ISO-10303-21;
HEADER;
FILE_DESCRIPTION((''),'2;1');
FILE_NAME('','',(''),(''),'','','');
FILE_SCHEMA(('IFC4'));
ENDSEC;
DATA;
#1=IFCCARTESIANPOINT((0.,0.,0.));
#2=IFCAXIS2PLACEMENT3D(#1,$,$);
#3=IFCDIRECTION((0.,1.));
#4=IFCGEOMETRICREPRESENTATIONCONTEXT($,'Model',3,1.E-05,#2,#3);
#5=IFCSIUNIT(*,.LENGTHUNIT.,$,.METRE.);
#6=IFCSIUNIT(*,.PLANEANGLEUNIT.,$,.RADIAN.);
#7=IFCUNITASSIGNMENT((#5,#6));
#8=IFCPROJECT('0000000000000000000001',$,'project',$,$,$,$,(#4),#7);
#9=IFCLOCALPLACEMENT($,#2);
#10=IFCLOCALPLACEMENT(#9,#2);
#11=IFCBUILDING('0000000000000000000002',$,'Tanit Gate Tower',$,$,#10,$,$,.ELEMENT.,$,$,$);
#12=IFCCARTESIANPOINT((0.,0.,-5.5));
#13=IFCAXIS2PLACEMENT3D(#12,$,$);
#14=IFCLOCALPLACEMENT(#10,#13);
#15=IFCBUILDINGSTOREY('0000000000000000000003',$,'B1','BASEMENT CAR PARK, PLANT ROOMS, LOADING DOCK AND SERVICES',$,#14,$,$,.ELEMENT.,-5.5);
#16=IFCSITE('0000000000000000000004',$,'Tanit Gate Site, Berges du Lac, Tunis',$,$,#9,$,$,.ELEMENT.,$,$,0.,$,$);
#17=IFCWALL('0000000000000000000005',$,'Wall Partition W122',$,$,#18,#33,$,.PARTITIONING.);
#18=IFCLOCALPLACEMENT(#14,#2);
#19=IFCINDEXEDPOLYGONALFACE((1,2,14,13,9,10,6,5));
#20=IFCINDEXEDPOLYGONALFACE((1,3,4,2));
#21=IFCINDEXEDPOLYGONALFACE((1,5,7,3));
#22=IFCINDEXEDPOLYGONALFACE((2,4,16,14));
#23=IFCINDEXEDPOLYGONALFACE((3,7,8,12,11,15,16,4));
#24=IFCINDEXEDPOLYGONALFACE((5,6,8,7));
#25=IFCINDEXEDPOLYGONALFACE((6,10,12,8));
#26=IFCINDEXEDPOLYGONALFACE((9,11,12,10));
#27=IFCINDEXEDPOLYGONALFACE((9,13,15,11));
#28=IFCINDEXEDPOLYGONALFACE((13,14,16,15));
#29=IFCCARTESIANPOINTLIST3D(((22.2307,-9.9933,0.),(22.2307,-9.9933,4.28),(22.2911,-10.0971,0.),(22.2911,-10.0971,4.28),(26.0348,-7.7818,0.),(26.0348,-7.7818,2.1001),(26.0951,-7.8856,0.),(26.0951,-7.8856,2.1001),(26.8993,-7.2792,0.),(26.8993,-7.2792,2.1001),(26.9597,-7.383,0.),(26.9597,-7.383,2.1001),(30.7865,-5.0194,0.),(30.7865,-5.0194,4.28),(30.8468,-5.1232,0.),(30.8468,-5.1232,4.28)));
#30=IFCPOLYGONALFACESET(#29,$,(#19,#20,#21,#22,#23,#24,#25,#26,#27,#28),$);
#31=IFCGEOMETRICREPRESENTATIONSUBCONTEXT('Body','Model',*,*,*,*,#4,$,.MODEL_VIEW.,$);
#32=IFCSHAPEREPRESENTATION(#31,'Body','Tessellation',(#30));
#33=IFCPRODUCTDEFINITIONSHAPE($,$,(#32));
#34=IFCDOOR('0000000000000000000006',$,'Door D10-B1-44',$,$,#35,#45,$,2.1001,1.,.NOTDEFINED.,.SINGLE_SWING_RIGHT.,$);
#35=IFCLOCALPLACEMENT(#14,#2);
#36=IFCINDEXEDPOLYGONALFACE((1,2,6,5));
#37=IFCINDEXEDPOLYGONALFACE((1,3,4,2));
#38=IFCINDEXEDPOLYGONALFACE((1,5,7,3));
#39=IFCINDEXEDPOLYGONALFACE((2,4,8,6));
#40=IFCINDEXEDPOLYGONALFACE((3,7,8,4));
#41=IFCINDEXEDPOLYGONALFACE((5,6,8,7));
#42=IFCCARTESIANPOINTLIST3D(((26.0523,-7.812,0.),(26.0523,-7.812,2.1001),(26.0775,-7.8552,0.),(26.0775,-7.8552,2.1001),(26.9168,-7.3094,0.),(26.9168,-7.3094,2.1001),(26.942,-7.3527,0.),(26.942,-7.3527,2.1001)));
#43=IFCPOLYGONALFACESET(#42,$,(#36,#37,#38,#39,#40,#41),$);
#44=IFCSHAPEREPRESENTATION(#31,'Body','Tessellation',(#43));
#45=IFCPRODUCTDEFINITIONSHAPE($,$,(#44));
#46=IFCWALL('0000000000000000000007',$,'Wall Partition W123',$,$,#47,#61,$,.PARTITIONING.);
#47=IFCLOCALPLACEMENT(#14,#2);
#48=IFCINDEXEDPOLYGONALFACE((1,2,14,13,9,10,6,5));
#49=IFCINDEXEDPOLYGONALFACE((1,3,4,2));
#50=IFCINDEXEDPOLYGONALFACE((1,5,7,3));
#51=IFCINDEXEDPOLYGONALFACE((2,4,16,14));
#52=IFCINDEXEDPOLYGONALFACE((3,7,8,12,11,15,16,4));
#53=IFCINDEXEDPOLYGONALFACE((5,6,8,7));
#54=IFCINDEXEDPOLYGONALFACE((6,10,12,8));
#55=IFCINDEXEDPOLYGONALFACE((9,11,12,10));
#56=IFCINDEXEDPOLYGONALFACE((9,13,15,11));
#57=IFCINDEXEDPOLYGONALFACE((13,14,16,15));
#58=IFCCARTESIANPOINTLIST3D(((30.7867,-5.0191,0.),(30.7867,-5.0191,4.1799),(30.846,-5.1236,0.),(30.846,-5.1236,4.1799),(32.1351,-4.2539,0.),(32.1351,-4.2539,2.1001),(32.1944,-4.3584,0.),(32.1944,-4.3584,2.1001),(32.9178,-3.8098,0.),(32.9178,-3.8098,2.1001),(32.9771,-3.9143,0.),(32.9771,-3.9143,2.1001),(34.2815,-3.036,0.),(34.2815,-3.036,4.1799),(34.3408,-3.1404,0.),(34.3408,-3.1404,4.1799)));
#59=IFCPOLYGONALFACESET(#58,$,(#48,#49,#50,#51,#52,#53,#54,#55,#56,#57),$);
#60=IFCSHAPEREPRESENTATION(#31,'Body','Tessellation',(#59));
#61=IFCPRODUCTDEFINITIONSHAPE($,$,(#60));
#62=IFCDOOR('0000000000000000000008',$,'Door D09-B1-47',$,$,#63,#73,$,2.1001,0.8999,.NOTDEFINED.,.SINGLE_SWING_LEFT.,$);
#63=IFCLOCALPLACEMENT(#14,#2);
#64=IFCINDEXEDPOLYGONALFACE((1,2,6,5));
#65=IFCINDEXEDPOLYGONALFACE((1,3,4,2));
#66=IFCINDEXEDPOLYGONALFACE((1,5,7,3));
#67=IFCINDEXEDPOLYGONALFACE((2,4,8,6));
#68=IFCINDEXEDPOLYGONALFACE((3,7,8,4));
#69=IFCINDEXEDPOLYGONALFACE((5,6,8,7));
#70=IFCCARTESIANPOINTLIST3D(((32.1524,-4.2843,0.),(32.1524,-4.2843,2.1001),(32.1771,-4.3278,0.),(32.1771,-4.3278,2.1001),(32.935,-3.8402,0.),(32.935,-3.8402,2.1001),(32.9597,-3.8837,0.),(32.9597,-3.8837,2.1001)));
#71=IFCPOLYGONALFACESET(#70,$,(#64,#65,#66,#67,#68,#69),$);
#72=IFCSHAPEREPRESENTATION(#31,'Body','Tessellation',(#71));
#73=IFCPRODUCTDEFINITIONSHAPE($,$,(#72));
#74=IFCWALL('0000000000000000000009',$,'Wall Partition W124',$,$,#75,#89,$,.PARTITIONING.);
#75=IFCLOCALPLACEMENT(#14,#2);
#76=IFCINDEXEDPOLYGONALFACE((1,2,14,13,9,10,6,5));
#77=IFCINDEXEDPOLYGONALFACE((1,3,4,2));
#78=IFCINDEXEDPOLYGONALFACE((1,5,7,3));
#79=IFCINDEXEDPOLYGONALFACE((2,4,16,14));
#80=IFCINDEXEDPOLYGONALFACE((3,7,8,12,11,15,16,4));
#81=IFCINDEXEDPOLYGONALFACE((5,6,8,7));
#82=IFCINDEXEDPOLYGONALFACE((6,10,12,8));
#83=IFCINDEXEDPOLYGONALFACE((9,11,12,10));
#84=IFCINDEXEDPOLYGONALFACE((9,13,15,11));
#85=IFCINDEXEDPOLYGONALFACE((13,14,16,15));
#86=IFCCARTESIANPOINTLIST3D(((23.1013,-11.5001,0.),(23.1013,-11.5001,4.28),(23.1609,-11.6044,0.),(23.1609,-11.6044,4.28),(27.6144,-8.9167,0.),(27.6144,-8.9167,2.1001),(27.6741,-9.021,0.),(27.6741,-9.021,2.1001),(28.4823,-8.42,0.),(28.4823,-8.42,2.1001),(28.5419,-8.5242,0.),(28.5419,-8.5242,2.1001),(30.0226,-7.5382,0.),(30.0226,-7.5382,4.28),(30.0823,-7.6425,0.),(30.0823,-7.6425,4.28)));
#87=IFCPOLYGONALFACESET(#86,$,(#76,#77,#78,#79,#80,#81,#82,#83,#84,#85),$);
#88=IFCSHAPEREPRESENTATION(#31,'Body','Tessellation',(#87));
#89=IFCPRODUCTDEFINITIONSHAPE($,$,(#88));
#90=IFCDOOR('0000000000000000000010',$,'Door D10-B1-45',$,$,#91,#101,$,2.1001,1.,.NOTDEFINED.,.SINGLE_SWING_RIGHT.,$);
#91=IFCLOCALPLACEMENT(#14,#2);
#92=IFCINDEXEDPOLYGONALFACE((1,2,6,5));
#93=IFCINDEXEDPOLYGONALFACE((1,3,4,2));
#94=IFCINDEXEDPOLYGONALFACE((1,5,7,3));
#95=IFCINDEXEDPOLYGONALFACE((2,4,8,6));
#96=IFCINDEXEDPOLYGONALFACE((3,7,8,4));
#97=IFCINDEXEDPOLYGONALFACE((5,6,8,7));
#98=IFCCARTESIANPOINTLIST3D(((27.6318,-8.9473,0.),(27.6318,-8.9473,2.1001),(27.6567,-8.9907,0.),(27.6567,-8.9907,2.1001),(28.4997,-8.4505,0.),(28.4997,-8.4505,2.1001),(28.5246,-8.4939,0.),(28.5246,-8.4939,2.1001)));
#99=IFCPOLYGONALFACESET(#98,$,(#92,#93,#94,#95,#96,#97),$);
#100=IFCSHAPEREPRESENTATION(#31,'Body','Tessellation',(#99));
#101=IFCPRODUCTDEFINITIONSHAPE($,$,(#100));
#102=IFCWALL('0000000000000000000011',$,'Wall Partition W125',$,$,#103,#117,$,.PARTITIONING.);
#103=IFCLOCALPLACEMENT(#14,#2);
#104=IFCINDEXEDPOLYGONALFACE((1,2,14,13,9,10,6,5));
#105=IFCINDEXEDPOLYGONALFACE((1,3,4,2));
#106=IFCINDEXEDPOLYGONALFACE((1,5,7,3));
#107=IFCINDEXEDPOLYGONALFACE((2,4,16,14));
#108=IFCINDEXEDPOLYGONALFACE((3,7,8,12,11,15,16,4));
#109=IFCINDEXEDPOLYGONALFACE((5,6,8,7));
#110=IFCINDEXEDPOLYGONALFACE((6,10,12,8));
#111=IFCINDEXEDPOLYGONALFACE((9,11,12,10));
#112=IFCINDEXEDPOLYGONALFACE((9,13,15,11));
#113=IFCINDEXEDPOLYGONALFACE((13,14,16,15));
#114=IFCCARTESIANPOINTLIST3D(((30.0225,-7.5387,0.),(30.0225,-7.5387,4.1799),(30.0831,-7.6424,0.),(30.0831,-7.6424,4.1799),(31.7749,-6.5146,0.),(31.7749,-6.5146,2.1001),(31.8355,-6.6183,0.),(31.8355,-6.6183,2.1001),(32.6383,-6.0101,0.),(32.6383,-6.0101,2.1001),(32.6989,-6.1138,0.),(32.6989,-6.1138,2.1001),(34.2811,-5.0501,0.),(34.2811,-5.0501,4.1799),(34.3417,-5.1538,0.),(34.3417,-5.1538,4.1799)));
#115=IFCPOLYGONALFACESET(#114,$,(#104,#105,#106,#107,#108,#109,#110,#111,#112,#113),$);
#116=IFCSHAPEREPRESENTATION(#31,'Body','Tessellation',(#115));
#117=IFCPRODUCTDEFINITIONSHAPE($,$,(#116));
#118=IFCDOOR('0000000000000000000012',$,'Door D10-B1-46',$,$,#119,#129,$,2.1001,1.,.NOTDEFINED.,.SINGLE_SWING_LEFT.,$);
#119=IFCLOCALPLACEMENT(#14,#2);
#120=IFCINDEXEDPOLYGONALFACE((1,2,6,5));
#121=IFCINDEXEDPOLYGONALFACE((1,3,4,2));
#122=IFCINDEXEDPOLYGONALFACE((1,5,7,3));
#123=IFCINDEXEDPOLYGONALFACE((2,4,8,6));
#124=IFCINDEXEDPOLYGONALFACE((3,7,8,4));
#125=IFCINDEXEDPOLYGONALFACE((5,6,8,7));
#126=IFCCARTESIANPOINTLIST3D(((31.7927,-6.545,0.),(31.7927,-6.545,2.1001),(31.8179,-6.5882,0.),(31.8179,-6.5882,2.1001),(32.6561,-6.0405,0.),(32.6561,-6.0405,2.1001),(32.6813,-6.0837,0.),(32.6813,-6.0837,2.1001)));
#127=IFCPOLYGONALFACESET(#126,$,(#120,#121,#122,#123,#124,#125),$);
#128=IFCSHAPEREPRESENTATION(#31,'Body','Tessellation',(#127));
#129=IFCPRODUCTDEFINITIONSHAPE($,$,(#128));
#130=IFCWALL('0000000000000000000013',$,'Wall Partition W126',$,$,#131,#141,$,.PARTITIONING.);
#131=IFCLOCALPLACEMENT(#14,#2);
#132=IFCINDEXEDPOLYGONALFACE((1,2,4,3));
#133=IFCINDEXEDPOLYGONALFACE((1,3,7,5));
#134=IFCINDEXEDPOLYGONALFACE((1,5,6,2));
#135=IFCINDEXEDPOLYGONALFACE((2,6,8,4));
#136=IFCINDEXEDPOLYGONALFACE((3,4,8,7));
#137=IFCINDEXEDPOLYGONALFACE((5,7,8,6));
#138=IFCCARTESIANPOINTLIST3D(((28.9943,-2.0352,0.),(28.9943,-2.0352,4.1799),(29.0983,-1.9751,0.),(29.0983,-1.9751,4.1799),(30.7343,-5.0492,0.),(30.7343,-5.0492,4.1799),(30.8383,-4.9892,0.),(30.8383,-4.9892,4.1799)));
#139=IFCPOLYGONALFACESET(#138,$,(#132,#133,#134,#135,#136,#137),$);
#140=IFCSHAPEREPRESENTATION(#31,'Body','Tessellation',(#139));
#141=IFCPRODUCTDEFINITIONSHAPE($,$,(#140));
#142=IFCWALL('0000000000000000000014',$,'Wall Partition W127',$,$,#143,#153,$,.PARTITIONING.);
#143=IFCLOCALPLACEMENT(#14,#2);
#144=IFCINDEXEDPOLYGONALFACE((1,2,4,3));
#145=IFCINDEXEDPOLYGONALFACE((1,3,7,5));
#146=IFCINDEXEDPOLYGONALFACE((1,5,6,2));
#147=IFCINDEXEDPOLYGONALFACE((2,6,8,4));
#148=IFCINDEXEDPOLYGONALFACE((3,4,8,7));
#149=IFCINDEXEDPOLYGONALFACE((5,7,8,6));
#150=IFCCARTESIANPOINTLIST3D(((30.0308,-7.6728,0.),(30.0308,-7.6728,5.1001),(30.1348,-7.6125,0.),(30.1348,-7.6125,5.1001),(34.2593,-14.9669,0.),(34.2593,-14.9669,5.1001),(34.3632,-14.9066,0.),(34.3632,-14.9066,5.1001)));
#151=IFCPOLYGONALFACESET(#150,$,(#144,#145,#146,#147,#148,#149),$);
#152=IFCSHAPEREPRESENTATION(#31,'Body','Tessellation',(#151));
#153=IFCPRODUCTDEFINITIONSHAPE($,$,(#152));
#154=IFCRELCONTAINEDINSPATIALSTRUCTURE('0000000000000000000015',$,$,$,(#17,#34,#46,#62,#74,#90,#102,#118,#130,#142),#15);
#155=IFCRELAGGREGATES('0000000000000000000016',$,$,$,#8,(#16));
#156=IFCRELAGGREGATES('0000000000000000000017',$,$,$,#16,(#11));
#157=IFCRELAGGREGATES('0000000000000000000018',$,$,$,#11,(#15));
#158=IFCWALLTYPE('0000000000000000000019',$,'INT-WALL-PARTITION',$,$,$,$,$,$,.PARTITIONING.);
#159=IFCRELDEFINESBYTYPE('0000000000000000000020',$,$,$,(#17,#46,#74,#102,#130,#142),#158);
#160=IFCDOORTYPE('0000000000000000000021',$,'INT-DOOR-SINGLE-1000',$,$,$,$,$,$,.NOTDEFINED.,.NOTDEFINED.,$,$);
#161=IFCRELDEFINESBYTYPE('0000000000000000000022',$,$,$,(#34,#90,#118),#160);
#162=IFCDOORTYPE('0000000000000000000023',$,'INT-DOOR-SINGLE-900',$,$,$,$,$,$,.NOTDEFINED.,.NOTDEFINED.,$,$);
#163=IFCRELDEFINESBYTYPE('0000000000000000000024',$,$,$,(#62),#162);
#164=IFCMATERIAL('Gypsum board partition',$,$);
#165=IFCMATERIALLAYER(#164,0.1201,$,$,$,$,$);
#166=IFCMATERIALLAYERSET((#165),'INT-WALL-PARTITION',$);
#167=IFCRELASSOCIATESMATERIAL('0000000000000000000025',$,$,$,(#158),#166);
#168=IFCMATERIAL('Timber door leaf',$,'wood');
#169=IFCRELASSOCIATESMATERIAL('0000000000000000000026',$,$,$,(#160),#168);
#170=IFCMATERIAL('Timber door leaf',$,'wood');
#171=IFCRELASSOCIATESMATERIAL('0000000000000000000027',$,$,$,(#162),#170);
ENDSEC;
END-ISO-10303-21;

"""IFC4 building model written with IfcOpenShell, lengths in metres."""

from ifc_helpers import new_model, si_unit, direction, frame, frame_2d, origin, place, context, subcontext, project, spatial, rectangle, extrude, material, layer, layer_set, type_object, element, fill, save


model = new_model("IFC4")

# Units and contexts
model_context = context("Model", 3, precision=1e-05, world=origin(), true_north=direction((0.0, 1.0)))
body_context = subcontext(model_context, "Body", "Model", "MODEL_VIEW")
ifc_project = project(units=[si_unit("LENGTHUNIT", "METRE"), si_unit("PLANEANGLEUNIT", "RADIAN")], contexts=[model_context])

# Site, building, storey
site_placement = place(None, origin())
site = spatial("IfcSite", under=ifc_project, at=site_placement, Name="Tanit Gate Site, Berges du Lac, Tunis", CompositionType="ELEMENT", RefElevation=0.0)
building_placement = place(site_placement, origin())
building = spatial("IfcBuilding", under=site, at=building_placement, Name="Tanit Gate Tower", CompositionType="ELEMENT")
storey_placement = place(building_placement, frame((0.0, 0.0, -5.5)))
storey = spatial("IfcBuildingStorey", under=building, at=storey_placement, Name="B1", Description="BASEMENT CAR PARK, PLANT ROOMS, LOADING DOCK AND SERVICES", CompositionType="ELEMENT", Elevation=-5.5)

# Shared definitions
ifc_material_1 = material(Name="Gypsum board partition")
ifc_layer_1 = layer(ifc_material_1, 0.1201)
ifc_layer_set_1 = layer_set([ifc_layer_1], Name="INT-WALL-PARTITION")
wall_type_1 = type_object("IfcWallType", Name="INT-WALL-PARTITION", PredefinedType="PARTITIONING", material=ifc_layer_set_1)

# Walls, openings, doors
wall_1_placement = place(storey_placement, frame((30.8167, -5.0713, 0.0), z_axis=(0.0, 0.0, 1.0), x_axis=(-0.864522, -0.502594, 0.0)))
wall_1 = element("IfcWall", 1, at=wall_1_placement, inside=storey, type_object=wall_type_1, Name="Wall Partition W122", PredefinedType="PARTITIONING", context=body_context, shape_type="SweptSolid", body=[
    extrude(rectangle(XDim=9.8965, YDim=0.1201, at=frame_2d((4.9482, 0.0))), origin(), (0.0, 0.0, 1.0), 4.28),
])
opening_1_placement = place(wall_1_placement, frame((4.4963, 0.0, 0.0)))
opening_1 = element("IfcOpeningElement", 2, at=opening_1_placement, cuts=wall_1, PredefinedType="OPENING", context=body_context, shape_type="SweptSolid", body=[
    extrude(rectangle(XDim=1.0, YDim=2.1001, at=frame_2d((0.5, 1.05))), frame((0.0, 0.0701, 0.0), z_axis=(0.0, -1.0, 0.0), x_axis=(1.0, 0.0, 0.0)), (0.0, 0.0, 1.0), 0.1401),
])
ifc_material_2 = material(Name="Timber door leaf", Category="wood")
door_type_1 = type_object("IfcDoorType", Name="INT-DOOR-SINGLE-1000", OperationType="NOTDEFINED", PredefinedType="NOTDEFINED", material=ifc_material_2)
door_1_placement = place(opening_1_placement, origin())
door_1 = element("IfcDoor", 3, at=door_1_placement, inside=storey, type_object=door_type_1, Name="Door D10-B1-44", OperationType="SINGLE_SWING_RIGHT", OverallHeight=2.1001, OverallWidth=1.0, PredefinedType="NOTDEFINED", context=body_context, shape_type="SweptSolid", body=[
    extrude(rectangle(XDim=1.0, YDim=2.1001, at=frame_2d((0.5, 1.05))), frame((0.0, 0.0249, 0.0), z_axis=(0.0, -1.0, 0.0), x_axis=(1.0, 0.0, 0.0)), (0.0, 0.0, 1.0), 0.05),
])
fill(opening_1, door_1)
wall_2_placement = place(storey_placement, frame((34.3113, -3.0881, 0.0), z_axis=(0.0, 0.0, 1.0), x_axis=(-0.869731, -0.493526, 0.0)))
wall_2 = element("IfcWall", 4, at=wall_2_placement, inside=storey, type_object=wall_type_1, Name="Wall Partition W123", PredefinedType="PARTITIONING", context=body_context, shape_type="SweptSolid", body=[
    extrude(rectangle(XDim=4.0183, YDim=0.1201, at=frame_2d((2.0093, 0.0))), origin(), (0.0, 0.0, 1.0), 4.1799),
])
opening_2_placement = place(wall_2_placement, frame((1.5681, 0.0, 0.0)))
opening_2 = element("IfcOpeningElement", 5, at=opening_2_placement, cuts=wall_2, PredefinedType="OPENING", context=body_context, shape_type="SweptSolid", body=[
    extrude(rectangle(XDim=0.8999, YDim=2.1001, at=frame_2d((0.45, 1.05))), frame((0.0, 0.0701, 0.0), z_axis=(0.0, -1.0, 0.0), x_axis=(1.0, 0.0, 0.0)), (0.0, 0.0, 1.0), 0.1401),
])
ifc_material_3 = material(Name="Timber door leaf", Category="wood")
door_type_2 = type_object("IfcDoorType", Name="INT-DOOR-SINGLE-900", OperationType="NOTDEFINED", PredefinedType="NOTDEFINED", material=ifc_material_3)
door_2_placement = place(opening_2_placement, origin())
door_2 = element("IfcDoor", 6, at=door_2_placement, inside=storey, type_object=door_type_2, Name="Door D09-B1-47", OperationType="SINGLE_SWING_LEFT", OverallHeight=2.1001, OverallWidth=0.8999, PredefinedType="NOTDEFINED", context=body_context, shape_type="SweptSolid", body=[
    extrude(rectangle(XDim=0.8999, YDim=2.1001, at=frame_2d((0.45, 1.05))), frame((0.0, 0.0249, 0.0), z_axis=(0.0, -1.0, 0.0), x_axis=(1.0, 0.0, 0.0)), (0.0, 0.0, 1.0), 0.05),
])
fill(opening_2, door_2)
wall_3_placement = place(storey_placement, frame((23.1311, -11.5522, 0.0), z_axis=(0.0, 0.0, 1.0), x_axis=(0.867874, 0.496785, 0.0)))
wall_3 = element("IfcWall", 7, at=wall_3_placement, inside=storey, type_object=wall_type_1, Name="Wall Partition W124", PredefinedType="PARTITIONING", context=body_context, shape_type="SweptSolid", body=[
    extrude(rectangle(XDim=7.9751, YDim=0.1201, at=frame_2d((3.9875, 0.0))), origin(), (0.0, 0.0, 1.0), 4.28),
])
opening_3_placement = place(wall_3_placement, frame((5.2002, 0.0, 0.0)))
opening_3 = element("IfcOpeningElement", 8, at=opening_3_placement, cuts=wall_3, PredefinedType="OPENING", context=body_context, shape_type="SweptSolid", body=[
    extrude(rectangle(XDim=1.0, YDim=2.1001, at=frame_2d((0.5, 1.05))), frame((0.0, 0.0701, 0.0), z_axis=(0.0, -1.0, 0.0), x_axis=(1.0, 0.0, 0.0)), (0.0, 0.0, 1.0), 0.1401),
])
door_3_placement = place(opening_3_placement, origin())
door_3 = element("IfcDoor", 9, at=door_3_placement, inside=storey, type_object=door_type_1, Name="Door D10-B1-45", OperationType="SINGLE_SWING_RIGHT", OverallHeight=2.1001, OverallWidth=1.0, PredefinedType="NOTDEFINED", context=body_context, shape_type="SweptSolid", body=[
    extrude(rectangle(XDim=1.0, YDim=2.1001, at=frame_2d((0.5, 1.05))), frame((0.0, 0.0249, 0.0), z_axis=(0.0, -1.0, 0.0), x_axis=(1.0, 0.0, 0.0)), (0.0, 0.0, 1.0), 0.05),
])
fill(opening_3, door_3)
wall_4_placement = place(storey_placement, frame((30.0527, -7.5906, 0.0), z_axis=(0.0, 0.0, 1.0), x_axis=(0.863393, 0.504533, 0.0)))
wall_4 = element("IfcWall", 10, at=wall_4_placement, inside=storey, type_object=wall_type_1, Name="Wall Partition W125", PredefinedType="PARTITIONING", context=body_context, shape_type="SweptSolid", body=[
    extrude(rectangle(XDim=4.9324, YDim=0.1201, at=frame_2d((2.4663, 0.0))), origin(), (0.0, 0.0, 1.0), 4.1799),
])
opening_4_placement = place(wall_4_placement, frame((2.0298, 0.0, 0.0)))
opening_4 = element("IfcOpeningElement", 11, at=opening_4_placement, cuts=wall_4, PredefinedType="OPENING", context=body_context, shape_type="SweptSolid", body=[
    extrude(rectangle(XDim=1.0, YDim=2.1001, at=frame_2d((0.5, 1.05))), frame((0.0, 0.0701, 0.0), z_axis=(0.0, -1.0, 0.0), x_axis=(1.0, 0.0, 0.0)), (0.0, 0.0, 1.0), 0.1401),
])
door_4_placement = place(opening_4_placement, origin())
door_4 = element("IfcDoor", 12, at=door_4_placement, inside=storey, type_object=door_type_1, Name="Door D10-B1-46", OperationType="SINGLE_SWING_LEFT", OverallHeight=2.1001, OverallWidth=1.0, PredefinedType="NOTDEFINED", context=body_context, shape_type="SweptSolid", body=[
    extrude(rectangle(XDim=1.0, YDim=2.1001, at=frame_2d((0.5, 1.05))), frame((0.0, 0.0249, 0.0), z_axis=(0.0, -1.0, 0.0), x_axis=(1.0, 0.0, 0.0)), (0.0, 0.0, 1.0), 0.05),
])
fill(opening_4, door_4)

# Walls
wall_5_placement = place(storey_placement, frame((30.7864, -5.0193, 0.0), z_axis=(0.0, 0.0, 1.0), x_axis=(-0.49998, 0.866037, 0.0)))
element("IfcWall", 13, at=wall_5_placement, inside=storey, type_object=wall_type_1, Name="Wall Partition W126", PredefinedType="PARTITIONING", context=body_context, shape_type="SweptSolid", body=[
    extrude(rectangle(XDim=3.4802, YDim=0.1201, at=frame_2d((1.7402, 0.0))), origin(), (0.0, 0.0, 1.0), 4.1799),
])
wall_6_placement = place(storey_placement, frame((34.3113, -14.9368, 0.0), z_axis=(0.0, 0.0, 1.0), x_axis=(-0.50153, 0.86514, 0.0)))
element("IfcWall", 14, at=wall_6_placement, inside=storey, type_object=wall_type_1, Name="Wall Partition W127", PredefinedType="PARTITIONING", context=body_context, shape_type="SweptSolid", body=[
    extrude(rectangle(XDim=8.4312, YDim=0.1201, at=frame_2d((4.2156, 0.0))), origin(), (0.0, 0.0, 1.0), 5.1001),
])

save(model, "model.ifc")
